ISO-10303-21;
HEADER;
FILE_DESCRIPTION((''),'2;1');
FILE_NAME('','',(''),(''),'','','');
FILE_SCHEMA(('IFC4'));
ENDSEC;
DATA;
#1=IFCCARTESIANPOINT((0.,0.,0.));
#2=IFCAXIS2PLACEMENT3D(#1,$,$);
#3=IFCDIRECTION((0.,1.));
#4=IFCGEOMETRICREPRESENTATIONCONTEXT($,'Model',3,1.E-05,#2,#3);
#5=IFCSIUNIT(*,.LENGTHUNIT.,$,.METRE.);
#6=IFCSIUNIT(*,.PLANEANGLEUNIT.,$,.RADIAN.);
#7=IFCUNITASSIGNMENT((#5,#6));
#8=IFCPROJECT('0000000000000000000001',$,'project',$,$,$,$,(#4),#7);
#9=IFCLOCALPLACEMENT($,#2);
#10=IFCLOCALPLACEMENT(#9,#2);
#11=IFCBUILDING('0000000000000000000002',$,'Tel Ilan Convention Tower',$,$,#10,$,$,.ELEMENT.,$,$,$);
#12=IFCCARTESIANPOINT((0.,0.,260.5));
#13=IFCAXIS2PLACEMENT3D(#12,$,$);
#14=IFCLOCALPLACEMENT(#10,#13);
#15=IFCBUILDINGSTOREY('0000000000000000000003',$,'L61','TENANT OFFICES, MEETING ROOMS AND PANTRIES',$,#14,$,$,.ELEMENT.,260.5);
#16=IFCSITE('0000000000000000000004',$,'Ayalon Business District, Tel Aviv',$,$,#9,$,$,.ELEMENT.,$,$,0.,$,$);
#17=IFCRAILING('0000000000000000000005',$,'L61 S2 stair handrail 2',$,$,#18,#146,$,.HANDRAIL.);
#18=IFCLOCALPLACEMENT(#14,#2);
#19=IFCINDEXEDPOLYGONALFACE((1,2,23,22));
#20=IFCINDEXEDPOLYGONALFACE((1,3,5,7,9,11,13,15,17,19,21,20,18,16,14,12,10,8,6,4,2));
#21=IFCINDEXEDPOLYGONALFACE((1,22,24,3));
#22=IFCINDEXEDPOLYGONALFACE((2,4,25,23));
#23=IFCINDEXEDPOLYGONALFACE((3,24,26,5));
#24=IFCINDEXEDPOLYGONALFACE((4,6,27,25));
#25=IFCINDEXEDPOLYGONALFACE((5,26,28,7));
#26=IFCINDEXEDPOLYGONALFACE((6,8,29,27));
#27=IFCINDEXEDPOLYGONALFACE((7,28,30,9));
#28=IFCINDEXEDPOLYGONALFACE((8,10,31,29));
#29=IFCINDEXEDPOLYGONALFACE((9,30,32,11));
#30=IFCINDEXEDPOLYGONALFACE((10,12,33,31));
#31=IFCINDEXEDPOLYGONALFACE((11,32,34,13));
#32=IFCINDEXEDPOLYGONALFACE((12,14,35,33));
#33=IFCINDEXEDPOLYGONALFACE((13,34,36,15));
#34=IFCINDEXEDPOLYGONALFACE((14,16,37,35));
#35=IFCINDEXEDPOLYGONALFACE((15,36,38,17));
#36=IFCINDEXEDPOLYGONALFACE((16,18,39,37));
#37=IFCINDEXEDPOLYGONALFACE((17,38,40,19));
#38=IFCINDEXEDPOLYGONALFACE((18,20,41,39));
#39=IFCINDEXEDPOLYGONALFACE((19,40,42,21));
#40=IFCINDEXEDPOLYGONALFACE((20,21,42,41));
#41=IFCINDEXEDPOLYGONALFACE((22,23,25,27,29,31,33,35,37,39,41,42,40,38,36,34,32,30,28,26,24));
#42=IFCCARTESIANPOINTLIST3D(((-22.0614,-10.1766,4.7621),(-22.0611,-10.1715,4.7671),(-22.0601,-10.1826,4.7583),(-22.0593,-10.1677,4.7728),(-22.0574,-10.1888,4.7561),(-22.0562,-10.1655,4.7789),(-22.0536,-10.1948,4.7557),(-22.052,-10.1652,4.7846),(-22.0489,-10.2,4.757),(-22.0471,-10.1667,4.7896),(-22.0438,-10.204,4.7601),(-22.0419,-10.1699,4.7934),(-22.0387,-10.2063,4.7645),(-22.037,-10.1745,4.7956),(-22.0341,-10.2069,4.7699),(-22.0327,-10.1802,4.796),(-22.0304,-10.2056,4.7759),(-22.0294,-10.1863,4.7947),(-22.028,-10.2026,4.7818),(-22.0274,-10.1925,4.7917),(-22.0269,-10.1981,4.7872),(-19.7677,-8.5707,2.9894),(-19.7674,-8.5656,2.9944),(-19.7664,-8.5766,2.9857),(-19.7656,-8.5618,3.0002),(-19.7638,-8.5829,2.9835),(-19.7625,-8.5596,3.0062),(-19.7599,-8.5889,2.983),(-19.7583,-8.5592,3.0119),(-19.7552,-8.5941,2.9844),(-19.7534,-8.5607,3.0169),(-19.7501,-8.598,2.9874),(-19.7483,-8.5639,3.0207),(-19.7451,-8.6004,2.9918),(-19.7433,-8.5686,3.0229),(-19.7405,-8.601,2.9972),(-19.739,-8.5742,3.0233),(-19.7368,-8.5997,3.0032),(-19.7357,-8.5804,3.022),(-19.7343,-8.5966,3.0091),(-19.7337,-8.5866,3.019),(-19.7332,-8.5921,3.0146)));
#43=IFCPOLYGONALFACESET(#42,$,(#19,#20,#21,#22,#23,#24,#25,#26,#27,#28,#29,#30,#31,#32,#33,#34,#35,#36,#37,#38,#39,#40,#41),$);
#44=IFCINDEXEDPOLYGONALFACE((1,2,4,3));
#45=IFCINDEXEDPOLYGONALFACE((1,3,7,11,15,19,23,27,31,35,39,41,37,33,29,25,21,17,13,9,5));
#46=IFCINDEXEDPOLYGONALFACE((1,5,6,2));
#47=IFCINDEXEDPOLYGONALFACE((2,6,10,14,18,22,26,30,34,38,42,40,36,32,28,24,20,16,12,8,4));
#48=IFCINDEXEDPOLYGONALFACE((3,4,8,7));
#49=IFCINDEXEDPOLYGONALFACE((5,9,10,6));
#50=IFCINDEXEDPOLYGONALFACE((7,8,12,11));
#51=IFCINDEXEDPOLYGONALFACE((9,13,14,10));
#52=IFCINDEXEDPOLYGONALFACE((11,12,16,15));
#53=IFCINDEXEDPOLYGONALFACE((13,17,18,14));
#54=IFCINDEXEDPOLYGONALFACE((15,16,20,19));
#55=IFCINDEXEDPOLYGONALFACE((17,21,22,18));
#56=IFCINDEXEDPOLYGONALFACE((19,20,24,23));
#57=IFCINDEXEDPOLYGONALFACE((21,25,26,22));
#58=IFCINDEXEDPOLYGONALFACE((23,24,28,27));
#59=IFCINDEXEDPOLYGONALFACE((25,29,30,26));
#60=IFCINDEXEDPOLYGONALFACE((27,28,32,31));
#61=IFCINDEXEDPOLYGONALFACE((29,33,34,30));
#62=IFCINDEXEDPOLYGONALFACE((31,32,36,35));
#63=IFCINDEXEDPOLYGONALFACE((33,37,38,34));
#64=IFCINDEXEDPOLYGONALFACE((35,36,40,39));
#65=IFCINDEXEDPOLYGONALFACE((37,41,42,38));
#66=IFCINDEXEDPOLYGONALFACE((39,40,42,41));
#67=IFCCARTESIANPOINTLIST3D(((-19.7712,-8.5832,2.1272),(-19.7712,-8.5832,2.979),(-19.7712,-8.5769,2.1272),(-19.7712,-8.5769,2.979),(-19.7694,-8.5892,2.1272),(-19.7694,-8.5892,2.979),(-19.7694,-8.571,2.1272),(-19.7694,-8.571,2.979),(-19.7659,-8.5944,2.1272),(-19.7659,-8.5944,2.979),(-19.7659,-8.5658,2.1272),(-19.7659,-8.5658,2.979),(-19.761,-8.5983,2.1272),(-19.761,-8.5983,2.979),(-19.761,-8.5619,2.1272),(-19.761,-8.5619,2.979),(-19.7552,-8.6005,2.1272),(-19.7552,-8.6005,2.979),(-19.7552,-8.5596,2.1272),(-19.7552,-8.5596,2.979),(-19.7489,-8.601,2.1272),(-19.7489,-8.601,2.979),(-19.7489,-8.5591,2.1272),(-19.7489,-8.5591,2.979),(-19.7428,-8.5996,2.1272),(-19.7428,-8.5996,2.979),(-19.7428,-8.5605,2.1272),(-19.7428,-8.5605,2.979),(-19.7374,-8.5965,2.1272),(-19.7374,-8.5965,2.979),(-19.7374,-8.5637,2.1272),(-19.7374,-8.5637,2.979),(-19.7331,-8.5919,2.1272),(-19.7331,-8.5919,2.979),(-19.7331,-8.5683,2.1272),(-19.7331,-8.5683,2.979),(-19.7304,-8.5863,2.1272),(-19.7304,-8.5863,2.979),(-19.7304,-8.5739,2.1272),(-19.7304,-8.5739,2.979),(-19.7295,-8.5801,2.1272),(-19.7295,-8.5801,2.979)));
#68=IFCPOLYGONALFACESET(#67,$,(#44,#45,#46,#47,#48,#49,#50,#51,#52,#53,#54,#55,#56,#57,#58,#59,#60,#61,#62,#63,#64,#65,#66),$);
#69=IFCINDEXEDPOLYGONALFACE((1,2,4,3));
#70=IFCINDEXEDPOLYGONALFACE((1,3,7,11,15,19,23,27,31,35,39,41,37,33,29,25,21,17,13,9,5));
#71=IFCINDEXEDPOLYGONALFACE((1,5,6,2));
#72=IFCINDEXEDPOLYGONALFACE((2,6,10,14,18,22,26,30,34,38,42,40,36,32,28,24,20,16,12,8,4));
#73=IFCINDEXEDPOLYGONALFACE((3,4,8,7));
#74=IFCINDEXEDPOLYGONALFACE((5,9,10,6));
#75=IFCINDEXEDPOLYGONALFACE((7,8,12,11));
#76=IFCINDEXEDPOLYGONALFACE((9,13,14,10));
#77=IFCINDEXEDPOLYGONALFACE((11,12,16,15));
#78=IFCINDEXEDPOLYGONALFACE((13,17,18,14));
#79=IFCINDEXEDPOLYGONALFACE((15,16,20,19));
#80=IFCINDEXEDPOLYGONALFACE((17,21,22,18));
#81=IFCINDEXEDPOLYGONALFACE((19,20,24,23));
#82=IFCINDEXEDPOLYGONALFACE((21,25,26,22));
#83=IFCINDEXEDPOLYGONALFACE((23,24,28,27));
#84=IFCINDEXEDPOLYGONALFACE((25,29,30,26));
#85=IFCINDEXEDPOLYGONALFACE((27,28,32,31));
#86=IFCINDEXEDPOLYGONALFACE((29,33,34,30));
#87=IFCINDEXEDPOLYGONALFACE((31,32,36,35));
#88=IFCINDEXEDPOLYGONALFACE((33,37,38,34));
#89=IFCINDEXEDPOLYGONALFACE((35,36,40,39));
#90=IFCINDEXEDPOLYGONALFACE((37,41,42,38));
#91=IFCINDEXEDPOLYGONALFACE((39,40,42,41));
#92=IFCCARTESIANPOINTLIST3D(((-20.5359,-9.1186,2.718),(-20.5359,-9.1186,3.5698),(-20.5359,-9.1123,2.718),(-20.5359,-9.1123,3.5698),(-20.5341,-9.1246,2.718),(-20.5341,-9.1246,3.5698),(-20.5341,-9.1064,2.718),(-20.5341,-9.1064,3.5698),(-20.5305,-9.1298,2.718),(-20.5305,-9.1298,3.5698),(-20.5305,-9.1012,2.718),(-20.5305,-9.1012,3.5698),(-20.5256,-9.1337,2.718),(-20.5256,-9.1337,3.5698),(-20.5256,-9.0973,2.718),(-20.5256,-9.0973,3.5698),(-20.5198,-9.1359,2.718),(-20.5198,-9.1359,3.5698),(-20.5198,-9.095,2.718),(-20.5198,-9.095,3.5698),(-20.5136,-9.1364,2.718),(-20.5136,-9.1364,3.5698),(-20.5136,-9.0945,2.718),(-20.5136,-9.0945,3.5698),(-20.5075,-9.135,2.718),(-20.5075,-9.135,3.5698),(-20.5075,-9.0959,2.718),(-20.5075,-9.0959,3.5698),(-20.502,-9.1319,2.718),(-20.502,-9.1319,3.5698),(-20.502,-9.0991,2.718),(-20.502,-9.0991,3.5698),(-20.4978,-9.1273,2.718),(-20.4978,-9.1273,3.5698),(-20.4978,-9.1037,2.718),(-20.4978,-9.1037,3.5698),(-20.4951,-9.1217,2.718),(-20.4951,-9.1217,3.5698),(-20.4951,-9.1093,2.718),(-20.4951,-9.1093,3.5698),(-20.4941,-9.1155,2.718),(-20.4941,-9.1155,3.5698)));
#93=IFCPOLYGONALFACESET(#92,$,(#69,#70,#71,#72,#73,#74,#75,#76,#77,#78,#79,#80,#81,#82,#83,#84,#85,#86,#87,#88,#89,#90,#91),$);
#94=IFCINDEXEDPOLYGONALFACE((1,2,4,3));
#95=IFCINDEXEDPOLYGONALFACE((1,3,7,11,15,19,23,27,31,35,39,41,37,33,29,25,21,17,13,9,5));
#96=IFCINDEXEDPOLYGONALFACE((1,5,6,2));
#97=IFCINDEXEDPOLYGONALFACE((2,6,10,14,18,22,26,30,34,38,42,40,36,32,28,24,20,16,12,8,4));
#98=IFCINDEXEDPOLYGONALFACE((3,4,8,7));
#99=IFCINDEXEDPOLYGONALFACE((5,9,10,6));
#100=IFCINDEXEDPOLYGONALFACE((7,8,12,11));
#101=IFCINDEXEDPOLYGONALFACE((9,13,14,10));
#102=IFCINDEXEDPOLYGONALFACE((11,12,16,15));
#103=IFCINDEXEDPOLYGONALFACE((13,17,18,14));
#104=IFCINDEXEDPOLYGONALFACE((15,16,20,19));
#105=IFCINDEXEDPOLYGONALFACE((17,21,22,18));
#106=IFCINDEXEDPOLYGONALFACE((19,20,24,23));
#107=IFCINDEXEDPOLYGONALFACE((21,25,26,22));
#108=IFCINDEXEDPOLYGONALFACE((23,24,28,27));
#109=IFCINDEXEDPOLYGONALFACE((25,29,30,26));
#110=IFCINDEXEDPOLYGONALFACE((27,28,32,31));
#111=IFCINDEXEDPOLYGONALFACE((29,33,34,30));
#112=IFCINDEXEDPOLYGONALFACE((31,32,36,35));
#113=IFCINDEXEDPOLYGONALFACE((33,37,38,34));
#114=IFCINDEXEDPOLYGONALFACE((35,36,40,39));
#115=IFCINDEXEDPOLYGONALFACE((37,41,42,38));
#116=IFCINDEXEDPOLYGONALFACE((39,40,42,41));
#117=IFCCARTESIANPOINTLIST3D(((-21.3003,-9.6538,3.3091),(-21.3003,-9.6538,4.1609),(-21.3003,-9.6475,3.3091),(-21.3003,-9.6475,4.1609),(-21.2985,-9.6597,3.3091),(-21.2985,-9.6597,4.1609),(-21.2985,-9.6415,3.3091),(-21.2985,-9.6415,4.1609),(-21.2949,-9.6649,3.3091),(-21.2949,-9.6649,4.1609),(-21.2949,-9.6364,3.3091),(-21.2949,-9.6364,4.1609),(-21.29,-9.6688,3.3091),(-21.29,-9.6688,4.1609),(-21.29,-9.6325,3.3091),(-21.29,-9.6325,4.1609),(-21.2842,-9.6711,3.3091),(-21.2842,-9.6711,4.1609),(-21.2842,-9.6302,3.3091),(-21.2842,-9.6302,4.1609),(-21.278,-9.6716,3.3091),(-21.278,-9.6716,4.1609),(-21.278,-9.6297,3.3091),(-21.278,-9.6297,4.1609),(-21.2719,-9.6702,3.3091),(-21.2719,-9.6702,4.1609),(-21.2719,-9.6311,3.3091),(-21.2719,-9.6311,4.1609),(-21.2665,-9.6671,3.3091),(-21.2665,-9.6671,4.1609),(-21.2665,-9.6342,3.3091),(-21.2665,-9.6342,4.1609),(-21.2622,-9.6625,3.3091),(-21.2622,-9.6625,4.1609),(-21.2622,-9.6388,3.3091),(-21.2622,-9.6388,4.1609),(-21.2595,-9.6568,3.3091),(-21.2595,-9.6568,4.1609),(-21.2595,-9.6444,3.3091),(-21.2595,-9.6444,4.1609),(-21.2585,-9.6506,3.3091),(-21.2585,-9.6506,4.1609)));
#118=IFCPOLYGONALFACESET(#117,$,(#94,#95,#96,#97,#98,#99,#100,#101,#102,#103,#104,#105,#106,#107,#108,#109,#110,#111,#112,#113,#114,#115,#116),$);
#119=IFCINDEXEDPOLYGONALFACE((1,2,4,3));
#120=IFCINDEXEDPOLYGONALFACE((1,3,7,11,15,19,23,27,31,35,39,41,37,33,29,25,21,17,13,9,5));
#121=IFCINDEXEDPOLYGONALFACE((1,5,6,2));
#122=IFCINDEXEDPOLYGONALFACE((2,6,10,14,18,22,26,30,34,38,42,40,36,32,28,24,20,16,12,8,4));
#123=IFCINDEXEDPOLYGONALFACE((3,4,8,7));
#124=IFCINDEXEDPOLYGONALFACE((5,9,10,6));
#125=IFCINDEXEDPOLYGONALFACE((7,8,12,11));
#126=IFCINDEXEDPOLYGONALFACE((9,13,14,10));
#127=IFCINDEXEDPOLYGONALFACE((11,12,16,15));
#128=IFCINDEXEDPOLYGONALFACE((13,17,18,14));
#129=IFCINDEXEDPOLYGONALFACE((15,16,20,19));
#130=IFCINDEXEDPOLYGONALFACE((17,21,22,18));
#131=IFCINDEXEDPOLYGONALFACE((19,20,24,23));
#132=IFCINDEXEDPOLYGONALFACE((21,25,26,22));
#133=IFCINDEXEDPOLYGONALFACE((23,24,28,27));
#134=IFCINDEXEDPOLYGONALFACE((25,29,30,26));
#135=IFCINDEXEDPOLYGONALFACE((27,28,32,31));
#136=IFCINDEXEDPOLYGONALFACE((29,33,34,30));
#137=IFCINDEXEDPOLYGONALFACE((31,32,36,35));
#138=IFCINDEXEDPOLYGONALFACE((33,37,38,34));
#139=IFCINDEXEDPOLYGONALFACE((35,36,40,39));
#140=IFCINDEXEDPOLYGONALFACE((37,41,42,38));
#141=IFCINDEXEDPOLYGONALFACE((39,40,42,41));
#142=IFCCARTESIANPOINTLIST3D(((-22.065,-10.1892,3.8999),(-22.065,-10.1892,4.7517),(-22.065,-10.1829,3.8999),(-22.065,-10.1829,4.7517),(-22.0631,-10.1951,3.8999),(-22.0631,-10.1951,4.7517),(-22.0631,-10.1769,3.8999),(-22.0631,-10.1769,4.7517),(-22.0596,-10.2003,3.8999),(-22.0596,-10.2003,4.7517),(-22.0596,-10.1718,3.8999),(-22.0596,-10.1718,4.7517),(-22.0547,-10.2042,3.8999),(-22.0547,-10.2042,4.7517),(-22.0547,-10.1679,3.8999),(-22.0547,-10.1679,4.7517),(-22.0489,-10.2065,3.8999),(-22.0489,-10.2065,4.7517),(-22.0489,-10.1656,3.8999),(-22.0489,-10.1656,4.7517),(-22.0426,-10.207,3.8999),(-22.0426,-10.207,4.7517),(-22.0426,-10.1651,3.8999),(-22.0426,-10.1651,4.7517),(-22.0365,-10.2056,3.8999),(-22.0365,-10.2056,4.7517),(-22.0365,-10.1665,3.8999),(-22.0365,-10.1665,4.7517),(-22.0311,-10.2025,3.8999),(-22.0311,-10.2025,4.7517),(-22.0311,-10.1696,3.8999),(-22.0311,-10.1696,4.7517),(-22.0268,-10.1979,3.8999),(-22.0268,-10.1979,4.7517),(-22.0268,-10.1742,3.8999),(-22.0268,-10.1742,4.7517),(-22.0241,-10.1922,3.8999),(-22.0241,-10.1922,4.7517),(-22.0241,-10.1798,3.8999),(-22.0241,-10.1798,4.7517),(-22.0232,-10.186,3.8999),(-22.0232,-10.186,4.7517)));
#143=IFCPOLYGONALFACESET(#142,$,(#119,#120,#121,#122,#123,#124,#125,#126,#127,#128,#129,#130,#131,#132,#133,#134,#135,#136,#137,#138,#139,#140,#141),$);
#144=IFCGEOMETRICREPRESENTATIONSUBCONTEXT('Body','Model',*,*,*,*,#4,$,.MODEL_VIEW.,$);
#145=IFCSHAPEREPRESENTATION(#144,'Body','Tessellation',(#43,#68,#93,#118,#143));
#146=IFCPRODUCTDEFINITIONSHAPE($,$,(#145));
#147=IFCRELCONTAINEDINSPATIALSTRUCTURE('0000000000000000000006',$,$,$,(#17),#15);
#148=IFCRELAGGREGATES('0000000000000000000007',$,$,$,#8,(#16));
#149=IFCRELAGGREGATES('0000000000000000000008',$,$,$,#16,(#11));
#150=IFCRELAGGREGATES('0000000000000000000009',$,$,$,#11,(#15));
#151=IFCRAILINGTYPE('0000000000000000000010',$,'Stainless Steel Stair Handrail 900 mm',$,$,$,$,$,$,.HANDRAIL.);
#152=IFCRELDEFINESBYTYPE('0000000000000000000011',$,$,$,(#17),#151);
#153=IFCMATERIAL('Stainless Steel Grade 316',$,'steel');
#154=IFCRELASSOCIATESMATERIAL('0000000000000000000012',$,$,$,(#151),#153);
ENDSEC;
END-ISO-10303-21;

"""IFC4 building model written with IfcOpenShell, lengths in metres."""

from ifc_helpers import new_model, si_unit, direction, frame, origin, origin_2d, place, context, subcontext, project, spatial, circle, extrude, material, type_object, element, save


model = new_model("IFC4")

# Units and contexts
model_context = context("Model", 3, precision=1e-05, world=origin(), true_north=direction((0.0, 1.0)))
body_context = subcontext(model_context, "Body", "Model", "MODEL_VIEW")
ifc_project = project(units=[si_unit("LENGTHUNIT", "METRE"), si_unit("PLANEANGLEUNIT", "RADIAN")], contexts=[model_context])

# Site, building, storey
site_placement = place(None, origin())
site = spatial("IfcSite", under=ifc_project, at=site_placement, Name="Ayalon Business District, Tel Aviv", CompositionType="ELEMENT", RefElevation=0.0)
building_placement = place(site_placement, origin())
building = spatial("IfcBuilding", under=site, at=building_placement, Name="Tel Ilan Convention Tower", CompositionType="ELEMENT")
storey_placement = place(building_placement, frame((0.0, 0.0, 260.5)))
storey = spatial("IfcBuildingStorey", under=building, at=storey_placement, Name="L61", Description="TENANT OFFICES, MEETING ROOMS AND PANTRIES", CompositionType="ELEMENT", Elevation=260.5)

# Railing
ifc_material_1 = material(Name="Stainless Steel Grade 316", Category="steel")
railing_type_1 = type_object("IfcRailingType", Name="Stainless Steel Stair Handrail 900 mm", PredefinedType="HANDRAIL", material=ifc_material_1)
for number, where, name in (
    (1, (-19.7505, -8.5801, 2.1272), "L61 S2 stair handrail 2"),
):
    element("IfcRailing", number, at=place(storey_placement, frame(where)), inside=storey, type_object=railing_type_1, Name=name, PredefinedType="HANDRAIL", context=body_context, shape_type="SweptSolid", body=[
        extrude(circle(Radius=0.0239, at=origin_2d()), frame((0.0, 0.0, 0.876), z_axis=(-0.692123, -0.484597, 0.534913), x_axis=(0.57355, -0.81917, 0.0)), (0.0, 0.0, 1.0), 3.314),
        extrude(circle(Radius=0.021, at=origin_2d()), origin(), (0.0, 0.0, 1.0), 0.8518),
        extrude(circle(Radius=0.021, at=origin_2d()), frame((-0.7646, -0.5354, 0.5908)), (0.0, 0.0, 1.0), 0.8518),
        extrude(circle(Radius=0.021, at=origin_2d()), frame((-1.5291, -1.0706, 1.1819)), (0.0, 0.0, 1.0), 0.8518),
        extrude(circle(Radius=0.021, at=origin_2d()), frame((-2.2937, -1.606, 1.7727)), (0.0, 0.0, 1.0), 0.8518),
    ])

save(model, "model.ifc")
